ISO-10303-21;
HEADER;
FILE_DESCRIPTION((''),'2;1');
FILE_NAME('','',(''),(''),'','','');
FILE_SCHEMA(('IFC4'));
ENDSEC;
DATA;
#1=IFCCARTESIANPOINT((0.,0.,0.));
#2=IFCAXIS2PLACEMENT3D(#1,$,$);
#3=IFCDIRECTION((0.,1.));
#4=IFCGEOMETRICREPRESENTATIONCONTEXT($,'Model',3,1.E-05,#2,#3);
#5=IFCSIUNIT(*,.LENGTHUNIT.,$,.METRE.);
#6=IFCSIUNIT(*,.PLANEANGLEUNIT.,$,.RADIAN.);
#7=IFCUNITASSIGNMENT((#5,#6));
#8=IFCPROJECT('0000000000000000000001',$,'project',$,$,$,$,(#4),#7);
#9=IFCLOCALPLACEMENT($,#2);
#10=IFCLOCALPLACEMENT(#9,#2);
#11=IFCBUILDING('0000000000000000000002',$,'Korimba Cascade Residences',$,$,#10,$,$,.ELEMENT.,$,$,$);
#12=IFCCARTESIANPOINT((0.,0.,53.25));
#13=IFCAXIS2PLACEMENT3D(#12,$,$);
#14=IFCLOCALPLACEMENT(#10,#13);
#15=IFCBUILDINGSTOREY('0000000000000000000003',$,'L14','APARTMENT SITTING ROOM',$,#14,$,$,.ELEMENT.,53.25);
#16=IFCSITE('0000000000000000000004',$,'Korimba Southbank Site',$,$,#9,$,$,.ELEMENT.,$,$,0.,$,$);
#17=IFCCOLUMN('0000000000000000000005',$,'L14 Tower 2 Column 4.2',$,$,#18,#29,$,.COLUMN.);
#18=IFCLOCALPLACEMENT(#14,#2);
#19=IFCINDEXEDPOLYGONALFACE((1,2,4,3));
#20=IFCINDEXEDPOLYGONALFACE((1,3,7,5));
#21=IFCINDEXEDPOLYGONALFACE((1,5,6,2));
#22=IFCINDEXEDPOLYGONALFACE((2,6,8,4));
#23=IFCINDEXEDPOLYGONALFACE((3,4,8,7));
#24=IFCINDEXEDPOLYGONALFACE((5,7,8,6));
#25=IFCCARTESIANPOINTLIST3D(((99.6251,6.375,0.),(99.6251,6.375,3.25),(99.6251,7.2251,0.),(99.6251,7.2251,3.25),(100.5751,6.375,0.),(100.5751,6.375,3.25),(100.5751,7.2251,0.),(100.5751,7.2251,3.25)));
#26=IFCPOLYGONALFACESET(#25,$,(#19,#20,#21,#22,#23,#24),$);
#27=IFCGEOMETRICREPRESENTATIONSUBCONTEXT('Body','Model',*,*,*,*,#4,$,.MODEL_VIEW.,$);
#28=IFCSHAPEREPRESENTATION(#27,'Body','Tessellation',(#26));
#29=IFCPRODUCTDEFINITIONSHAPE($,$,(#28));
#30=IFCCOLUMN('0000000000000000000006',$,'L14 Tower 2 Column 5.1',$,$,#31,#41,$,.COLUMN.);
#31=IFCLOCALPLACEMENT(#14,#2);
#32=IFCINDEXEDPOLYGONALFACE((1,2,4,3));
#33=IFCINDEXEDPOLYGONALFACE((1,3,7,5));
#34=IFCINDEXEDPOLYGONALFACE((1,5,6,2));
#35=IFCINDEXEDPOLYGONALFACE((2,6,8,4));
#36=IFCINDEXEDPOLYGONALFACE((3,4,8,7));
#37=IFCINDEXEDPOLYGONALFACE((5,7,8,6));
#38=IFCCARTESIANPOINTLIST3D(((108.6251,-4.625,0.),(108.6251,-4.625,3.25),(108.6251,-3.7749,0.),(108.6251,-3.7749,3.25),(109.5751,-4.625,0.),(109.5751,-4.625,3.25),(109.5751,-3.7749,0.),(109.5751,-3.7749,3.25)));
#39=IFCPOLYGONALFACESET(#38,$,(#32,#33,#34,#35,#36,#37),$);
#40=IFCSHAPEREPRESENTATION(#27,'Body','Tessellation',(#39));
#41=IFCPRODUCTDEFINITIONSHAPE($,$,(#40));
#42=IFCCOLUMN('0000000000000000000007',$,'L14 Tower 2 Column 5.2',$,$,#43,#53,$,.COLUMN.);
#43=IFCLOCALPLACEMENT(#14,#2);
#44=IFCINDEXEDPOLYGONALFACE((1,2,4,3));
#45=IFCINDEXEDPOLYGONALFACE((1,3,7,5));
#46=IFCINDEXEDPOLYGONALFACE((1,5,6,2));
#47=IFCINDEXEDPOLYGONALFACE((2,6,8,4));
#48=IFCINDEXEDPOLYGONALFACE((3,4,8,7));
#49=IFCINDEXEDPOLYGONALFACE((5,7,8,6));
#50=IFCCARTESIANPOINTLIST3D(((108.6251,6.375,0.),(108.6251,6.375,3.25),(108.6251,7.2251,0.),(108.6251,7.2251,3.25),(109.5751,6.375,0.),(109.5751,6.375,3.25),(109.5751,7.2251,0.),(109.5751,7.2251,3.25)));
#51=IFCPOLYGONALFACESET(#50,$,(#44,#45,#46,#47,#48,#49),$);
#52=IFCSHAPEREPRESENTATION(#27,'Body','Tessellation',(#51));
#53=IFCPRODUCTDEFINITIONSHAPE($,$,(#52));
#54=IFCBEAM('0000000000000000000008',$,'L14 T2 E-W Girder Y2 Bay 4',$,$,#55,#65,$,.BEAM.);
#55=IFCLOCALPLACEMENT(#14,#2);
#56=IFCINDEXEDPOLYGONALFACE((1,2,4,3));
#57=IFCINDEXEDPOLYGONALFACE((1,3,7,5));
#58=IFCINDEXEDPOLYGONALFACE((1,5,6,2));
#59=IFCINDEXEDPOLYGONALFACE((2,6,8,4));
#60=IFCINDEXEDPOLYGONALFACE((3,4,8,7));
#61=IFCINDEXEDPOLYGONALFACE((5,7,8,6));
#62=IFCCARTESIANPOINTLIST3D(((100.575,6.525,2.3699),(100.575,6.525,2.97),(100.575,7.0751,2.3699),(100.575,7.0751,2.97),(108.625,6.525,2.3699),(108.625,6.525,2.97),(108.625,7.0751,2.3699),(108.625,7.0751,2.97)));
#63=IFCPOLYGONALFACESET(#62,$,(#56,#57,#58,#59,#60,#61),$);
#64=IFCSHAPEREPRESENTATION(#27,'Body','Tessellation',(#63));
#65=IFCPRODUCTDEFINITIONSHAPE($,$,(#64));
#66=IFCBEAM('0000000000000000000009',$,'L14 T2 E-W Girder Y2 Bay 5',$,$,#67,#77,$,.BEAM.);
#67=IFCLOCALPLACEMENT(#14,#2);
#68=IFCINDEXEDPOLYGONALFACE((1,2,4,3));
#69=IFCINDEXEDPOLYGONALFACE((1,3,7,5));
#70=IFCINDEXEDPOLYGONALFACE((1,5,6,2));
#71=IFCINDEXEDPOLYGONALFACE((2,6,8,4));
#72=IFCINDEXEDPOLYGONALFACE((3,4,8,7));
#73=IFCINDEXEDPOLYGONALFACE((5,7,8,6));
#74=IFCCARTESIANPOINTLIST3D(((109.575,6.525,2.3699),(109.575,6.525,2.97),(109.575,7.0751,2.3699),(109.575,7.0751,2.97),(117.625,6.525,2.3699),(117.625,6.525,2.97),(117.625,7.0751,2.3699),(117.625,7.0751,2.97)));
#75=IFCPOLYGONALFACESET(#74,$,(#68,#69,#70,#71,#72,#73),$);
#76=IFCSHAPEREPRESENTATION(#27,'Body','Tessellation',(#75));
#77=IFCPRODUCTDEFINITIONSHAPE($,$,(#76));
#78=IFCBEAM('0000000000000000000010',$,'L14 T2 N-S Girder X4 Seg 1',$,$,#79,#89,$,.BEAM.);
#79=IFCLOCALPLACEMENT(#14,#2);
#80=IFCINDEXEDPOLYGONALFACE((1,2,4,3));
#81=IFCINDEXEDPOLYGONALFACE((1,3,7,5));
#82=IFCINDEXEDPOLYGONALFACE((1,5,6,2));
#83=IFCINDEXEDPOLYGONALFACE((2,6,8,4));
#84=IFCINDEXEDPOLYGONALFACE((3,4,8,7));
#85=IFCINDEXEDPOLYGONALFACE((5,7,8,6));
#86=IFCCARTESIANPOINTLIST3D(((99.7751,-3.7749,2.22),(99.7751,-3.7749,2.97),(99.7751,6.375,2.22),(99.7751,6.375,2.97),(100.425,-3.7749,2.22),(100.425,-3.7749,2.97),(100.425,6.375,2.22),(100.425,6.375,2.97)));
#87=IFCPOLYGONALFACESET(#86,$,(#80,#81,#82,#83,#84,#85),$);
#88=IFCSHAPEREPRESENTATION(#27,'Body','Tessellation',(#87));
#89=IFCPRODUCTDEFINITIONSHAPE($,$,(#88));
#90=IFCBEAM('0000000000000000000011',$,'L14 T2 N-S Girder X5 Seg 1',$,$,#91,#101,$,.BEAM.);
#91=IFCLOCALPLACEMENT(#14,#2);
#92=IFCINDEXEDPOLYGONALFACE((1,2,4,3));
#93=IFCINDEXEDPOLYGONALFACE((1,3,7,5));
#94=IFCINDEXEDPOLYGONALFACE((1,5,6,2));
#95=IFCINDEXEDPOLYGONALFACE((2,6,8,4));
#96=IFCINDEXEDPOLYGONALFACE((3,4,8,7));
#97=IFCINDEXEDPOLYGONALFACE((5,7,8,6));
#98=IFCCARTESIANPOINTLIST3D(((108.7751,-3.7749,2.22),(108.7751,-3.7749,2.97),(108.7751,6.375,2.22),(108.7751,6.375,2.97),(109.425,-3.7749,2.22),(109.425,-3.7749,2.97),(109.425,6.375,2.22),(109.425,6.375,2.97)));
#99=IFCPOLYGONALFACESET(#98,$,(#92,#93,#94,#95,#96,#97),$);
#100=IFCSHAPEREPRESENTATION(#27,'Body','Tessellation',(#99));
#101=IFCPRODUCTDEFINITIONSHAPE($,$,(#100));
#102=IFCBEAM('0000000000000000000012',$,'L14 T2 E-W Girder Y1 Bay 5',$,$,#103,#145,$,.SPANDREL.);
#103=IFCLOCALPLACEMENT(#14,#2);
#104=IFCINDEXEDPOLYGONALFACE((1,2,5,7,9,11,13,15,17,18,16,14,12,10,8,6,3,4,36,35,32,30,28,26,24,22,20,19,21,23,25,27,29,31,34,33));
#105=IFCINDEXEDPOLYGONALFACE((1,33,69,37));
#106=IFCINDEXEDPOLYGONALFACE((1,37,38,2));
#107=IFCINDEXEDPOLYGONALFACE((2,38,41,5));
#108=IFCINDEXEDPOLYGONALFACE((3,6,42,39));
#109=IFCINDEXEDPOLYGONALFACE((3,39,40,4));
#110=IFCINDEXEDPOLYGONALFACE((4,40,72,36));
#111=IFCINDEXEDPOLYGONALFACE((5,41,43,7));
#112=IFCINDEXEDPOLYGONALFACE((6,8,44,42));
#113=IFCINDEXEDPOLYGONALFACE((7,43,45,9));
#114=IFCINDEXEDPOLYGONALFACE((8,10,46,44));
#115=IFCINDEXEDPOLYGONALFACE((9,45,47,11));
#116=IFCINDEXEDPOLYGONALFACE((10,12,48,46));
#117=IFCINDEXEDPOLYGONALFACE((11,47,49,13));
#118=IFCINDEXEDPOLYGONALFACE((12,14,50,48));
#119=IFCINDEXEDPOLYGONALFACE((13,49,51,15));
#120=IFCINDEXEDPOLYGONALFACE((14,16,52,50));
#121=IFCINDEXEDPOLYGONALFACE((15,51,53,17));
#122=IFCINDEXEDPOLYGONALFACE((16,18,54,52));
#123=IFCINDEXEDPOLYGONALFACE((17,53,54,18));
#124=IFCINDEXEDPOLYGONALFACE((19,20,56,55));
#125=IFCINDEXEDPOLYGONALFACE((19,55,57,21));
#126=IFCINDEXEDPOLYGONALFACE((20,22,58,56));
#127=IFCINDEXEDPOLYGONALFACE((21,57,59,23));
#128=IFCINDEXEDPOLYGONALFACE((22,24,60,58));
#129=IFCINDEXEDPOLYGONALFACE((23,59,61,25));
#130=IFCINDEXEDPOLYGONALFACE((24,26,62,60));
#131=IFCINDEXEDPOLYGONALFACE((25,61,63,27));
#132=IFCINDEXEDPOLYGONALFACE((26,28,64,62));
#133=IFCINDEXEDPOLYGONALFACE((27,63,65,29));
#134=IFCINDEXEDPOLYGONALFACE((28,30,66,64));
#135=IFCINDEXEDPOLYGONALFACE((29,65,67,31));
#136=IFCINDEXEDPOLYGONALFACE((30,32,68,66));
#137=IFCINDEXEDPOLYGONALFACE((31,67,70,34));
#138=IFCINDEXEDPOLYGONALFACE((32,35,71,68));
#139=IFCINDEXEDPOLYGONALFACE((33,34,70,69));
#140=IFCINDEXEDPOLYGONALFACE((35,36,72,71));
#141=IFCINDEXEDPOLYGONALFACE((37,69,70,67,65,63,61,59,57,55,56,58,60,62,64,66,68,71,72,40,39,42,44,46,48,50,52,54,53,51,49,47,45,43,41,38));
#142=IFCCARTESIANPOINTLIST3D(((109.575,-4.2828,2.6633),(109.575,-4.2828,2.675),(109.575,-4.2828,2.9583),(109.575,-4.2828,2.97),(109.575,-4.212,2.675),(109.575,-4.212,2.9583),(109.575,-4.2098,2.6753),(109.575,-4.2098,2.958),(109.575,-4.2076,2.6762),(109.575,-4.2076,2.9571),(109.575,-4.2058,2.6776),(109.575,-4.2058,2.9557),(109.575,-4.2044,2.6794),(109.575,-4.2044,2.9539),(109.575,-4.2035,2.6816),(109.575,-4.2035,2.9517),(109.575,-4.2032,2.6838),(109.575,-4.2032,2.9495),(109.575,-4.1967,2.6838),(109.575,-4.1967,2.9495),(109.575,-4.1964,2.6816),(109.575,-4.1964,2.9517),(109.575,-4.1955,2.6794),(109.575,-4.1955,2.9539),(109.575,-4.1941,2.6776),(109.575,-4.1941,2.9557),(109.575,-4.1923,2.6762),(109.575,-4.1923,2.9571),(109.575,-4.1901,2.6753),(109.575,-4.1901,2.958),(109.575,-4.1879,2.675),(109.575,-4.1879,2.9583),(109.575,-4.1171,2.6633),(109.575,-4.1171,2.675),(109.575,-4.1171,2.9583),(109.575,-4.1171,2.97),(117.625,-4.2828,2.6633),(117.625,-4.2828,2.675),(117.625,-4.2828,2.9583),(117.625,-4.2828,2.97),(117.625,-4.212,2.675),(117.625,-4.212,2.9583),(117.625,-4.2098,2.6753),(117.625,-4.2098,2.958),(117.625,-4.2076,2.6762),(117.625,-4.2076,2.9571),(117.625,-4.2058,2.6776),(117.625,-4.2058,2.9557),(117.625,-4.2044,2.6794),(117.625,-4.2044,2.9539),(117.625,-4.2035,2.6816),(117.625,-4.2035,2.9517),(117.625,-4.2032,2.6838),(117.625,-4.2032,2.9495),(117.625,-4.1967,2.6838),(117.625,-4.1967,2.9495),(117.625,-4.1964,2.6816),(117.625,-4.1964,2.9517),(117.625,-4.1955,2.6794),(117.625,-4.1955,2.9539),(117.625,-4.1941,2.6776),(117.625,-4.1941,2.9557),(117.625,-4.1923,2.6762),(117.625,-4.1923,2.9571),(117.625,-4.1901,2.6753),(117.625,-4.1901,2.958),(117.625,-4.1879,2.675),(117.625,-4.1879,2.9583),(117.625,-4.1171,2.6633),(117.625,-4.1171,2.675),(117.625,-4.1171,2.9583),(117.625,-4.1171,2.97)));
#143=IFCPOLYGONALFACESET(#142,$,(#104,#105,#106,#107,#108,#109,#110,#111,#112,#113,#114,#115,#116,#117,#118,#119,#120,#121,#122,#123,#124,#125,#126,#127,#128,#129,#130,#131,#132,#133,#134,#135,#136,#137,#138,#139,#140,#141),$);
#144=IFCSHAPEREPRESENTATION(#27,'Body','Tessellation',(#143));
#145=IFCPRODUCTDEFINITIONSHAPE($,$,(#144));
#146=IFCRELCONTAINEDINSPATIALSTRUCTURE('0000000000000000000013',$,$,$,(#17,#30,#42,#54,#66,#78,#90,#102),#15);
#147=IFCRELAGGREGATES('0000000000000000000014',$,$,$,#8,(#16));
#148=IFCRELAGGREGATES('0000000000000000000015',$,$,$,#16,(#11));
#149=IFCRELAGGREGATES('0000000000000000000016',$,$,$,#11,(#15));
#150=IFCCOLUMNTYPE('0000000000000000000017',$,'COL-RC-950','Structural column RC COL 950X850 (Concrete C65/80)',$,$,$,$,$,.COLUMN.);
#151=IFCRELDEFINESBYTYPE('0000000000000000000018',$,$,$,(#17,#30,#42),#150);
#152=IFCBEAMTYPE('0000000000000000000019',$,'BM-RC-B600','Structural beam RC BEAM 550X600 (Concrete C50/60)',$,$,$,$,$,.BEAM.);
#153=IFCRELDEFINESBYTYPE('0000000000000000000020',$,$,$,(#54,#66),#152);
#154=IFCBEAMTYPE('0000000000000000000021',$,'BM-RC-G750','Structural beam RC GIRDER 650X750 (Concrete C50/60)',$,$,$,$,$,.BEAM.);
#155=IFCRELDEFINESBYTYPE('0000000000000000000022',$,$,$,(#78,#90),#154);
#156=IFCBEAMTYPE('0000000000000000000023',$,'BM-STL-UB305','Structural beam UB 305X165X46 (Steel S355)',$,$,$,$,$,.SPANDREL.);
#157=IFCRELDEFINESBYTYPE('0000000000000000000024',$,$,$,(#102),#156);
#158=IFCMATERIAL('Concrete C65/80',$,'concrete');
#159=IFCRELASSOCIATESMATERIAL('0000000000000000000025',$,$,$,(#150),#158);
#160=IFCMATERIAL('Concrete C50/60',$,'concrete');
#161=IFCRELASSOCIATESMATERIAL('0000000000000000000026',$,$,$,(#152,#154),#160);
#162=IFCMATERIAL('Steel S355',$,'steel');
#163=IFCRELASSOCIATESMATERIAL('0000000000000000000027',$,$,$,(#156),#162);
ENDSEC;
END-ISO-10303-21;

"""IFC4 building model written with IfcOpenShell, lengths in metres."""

from ifc_helpers import new_model, si_unit, direction, frame, origin, origin_2d, place, context, subcontext, project, spatial, rectangle, i_section, extrude, material, material_profile, profile_set, type_object, element, save


model = new_model("IFC4")

# Units and contexts
model_context = context("Model", 3, precision=1e-05, world=origin(), true_north=direction((0.0, 1.0)))
body_context = subcontext(model_context, "Body", "Model", "MODEL_VIEW")
ifc_project = project(units=[si_unit("LENGTHUNIT", "METRE"), si_unit("PLANEANGLEUNIT", "RADIAN")], contexts=[model_context])

# Site, building, storey
site_placement = place(None, origin())
site = spatial("IfcSite", under=ifc_project, at=site_placement, Name="Korimba Southbank Site", CompositionType="ELEMENT", RefElevation=0.0)
building_placement = place(site_placement, origin())
building = spatial("IfcBuilding", under=site, at=building_placement, Name="Korimba Cascade Residences", CompositionType="ELEMENT")
storey_placement = place(building_placement, frame((0.0, 0.0, 53.25)))
storey = spatial("IfcBuildingStorey", under=building, at=storey_placement, Name="L14", Description="APARTMENT SITTING ROOM", CompositionType="ELEMENT", Elevation=53.25)

# Columns
ifc_material_1 = material(Name="Concrete C65/80", Category="concrete")
ifc_material_profile_1 = material_profile(ifc_material_1, rectangle(XDim=0.95, YDim=0.8501, at=origin_2d()), Name="Concrete C65/80")
ifc_profile_set_1 = profile_set([ifc_material_profile_1], Name="Concrete C65/80")
column_type = type_object("IfcColumnType", Name="COL-RC-950", Description="Structural column RC COL 950X850 (Concrete C65/80)", PredefinedType="COLUMN", material=ifc_profile_set_1)
for number, where, z_axis, x_axis, name in (
    (1, (100.1001, 6.8, 0.0), (0.0, 0.0, 1.0), (1.0, 0.0, 0.0), "L14 Tower 2 Column 4.2"),
    (2, (109.1001, -4.2, 0.0), (0.0, 0.0, 1.0), (1.0, 0.0, 0.0), "L14 Tower 2 Column 5.1"),
    (3, (109.1001, 6.8, 0.0), (0.0, 0.0, 1.0), (1.0, 0.0, 0.0), "L14 Tower 2 Column 5.2"),
):
    element("IfcColumn", number, at=place(storey_placement, frame(where, z_axis=z_axis, x_axis=x_axis)), inside=storey, type_object=column_type, Name=name, PredefinedType="COLUMN", context=body_context, shape_type="SweptSolid", body=[
        extrude(rectangle(XDim=0.95, YDim=0.8501, at=origin_2d()), origin(), (0.0, 0.0, 1.0), 3.25),
    ])

# Beams
ifc_material_2 = material(Name="Concrete C50/60", Category="concrete")
ifc_material_profile_2 = material_profile(ifc_material_2, rectangle(XDim=0.55, YDim=0.6001, at=origin_2d()), Name="Concrete C50/60")
ifc_profile_set_2 = profile_set([ifc_material_profile_2], Name="Concrete C50/60")
beam_type_1 = type_object("IfcBeamType", Name="BM-RC-B600", Description="Structural beam RC BEAM 550X600 (Concrete C50/60)", PredefinedType="BEAM", material=ifc_profile_set_2)
for number, where, z_axis, x_axis, name in (
    (4, (100.575, 6.8, 2.6699), (1.0, 0.0, 0.0), (0.0, 1.0, 0.0), "L14 T2 E-W Girder Y2 Bay 4"),
    (5, (109.575, 6.8, 2.6699), (1.0, 0.0, 0.0), (0.0, 1.0, 0.0), "L14 T2 E-W Girder Y2 Bay 5"),
):
    element("IfcBeam", number, at=place(storey_placement, frame(where, z_axis=z_axis, x_axis=x_axis)), inside=storey, type_object=beam_type_1, Name=name, PredefinedType="BEAM", context=body_context, shape_type="SweptSolid", body=[
        extrude(rectangle(XDim=0.55, YDim=0.6001, at=origin_2d()), origin(), (0.0, 0.0, 1.0), 8.05),
    ])
ifc_material_profile_3 = material_profile(ifc_material_2, rectangle(XDim=0.6499, YDim=0.75, at=origin_2d()), Name="Concrete C50/60")
ifc_profile_set_3 = profile_set([ifc_material_profile_3], Name="Concrete C50/60")
beam_type_2 = type_object("IfcBeamType", Name="BM-RC-G750", Description="Structural beam RC GIRDER 650X750 (Concrete C50/60)", PredefinedType="BEAM", material=ifc_profile_set_3)
for number, where, z_axis, x_axis, name in (
    (6, (100.1001, -3.7749, 2.595), (0.0, 1.0, 0.0), (-1.0, 0.0, 0.0), "L14 T2 N-S Girder X4 Seg 1"),
    (7, (109.1001, -3.7749, 2.595), (0.0, 1.0, 0.0), (-1.0, 0.0, 0.0), "L14 T2 N-S Girder X5 Seg 1"),
):
    element("IfcBeam", number, at=place(storey_placement, frame(where, z_axis=z_axis, x_axis=x_axis)), inside=storey, type_object=beam_type_2, Name=name, PredefinedType="BEAM", context=body_context, shape_type="SweptSolid", body=[
        extrude(rectangle(XDim=0.6499, YDim=0.75, at=origin_2d()), origin(), (0.0, 0.0, 1.0), 10.1499),
    ])
ifc_material_3 = material(Name="Steel S355", Category="steel")
ifc_material_profile_4 = material_profile(ifc_material_3, i_section(OverallWidth=0.1658, OverallDepth=0.3066, WebThickness=0.0066, FlangeThickness=0.0117, FilletRadius=0.0088, at=origin_2d()), Name="Steel S355")
ifc_profile_set_4 = profile_set([ifc_material_profile_4], Name="Steel S355")
beam_type_3 = type_object("IfcBeamType", Name="BM-STL-UB305", Description="Structural beam UB 305X165X46 (Steel S355)", PredefinedType="SPANDREL", material=ifc_profile_set_4)
beam_placement = place(storey_placement, frame((109.575, -4.2, 2.8167), z_axis=(1.0, 0.0, 0.0), x_axis=(0.0, 1.0, 0.0)))
element("IfcBeam", 8, at=beam_placement, inside=storey, type_object=beam_type_3, Name="L14 T2 E-W Girder Y1 Bay 5", PredefinedType="SPANDREL", context=body_context, shape_type="SweptSolid", body=[
    extrude(i_section(OverallWidth=0.1658, OverallDepth=0.3066, WebThickness=0.0066, FlangeThickness=0.0117, FilletRadius=0.0088, at=origin_2d()), origin(), (0.0, 0.0, 1.0), 8.05),
])

save(model, "model.ifc")
